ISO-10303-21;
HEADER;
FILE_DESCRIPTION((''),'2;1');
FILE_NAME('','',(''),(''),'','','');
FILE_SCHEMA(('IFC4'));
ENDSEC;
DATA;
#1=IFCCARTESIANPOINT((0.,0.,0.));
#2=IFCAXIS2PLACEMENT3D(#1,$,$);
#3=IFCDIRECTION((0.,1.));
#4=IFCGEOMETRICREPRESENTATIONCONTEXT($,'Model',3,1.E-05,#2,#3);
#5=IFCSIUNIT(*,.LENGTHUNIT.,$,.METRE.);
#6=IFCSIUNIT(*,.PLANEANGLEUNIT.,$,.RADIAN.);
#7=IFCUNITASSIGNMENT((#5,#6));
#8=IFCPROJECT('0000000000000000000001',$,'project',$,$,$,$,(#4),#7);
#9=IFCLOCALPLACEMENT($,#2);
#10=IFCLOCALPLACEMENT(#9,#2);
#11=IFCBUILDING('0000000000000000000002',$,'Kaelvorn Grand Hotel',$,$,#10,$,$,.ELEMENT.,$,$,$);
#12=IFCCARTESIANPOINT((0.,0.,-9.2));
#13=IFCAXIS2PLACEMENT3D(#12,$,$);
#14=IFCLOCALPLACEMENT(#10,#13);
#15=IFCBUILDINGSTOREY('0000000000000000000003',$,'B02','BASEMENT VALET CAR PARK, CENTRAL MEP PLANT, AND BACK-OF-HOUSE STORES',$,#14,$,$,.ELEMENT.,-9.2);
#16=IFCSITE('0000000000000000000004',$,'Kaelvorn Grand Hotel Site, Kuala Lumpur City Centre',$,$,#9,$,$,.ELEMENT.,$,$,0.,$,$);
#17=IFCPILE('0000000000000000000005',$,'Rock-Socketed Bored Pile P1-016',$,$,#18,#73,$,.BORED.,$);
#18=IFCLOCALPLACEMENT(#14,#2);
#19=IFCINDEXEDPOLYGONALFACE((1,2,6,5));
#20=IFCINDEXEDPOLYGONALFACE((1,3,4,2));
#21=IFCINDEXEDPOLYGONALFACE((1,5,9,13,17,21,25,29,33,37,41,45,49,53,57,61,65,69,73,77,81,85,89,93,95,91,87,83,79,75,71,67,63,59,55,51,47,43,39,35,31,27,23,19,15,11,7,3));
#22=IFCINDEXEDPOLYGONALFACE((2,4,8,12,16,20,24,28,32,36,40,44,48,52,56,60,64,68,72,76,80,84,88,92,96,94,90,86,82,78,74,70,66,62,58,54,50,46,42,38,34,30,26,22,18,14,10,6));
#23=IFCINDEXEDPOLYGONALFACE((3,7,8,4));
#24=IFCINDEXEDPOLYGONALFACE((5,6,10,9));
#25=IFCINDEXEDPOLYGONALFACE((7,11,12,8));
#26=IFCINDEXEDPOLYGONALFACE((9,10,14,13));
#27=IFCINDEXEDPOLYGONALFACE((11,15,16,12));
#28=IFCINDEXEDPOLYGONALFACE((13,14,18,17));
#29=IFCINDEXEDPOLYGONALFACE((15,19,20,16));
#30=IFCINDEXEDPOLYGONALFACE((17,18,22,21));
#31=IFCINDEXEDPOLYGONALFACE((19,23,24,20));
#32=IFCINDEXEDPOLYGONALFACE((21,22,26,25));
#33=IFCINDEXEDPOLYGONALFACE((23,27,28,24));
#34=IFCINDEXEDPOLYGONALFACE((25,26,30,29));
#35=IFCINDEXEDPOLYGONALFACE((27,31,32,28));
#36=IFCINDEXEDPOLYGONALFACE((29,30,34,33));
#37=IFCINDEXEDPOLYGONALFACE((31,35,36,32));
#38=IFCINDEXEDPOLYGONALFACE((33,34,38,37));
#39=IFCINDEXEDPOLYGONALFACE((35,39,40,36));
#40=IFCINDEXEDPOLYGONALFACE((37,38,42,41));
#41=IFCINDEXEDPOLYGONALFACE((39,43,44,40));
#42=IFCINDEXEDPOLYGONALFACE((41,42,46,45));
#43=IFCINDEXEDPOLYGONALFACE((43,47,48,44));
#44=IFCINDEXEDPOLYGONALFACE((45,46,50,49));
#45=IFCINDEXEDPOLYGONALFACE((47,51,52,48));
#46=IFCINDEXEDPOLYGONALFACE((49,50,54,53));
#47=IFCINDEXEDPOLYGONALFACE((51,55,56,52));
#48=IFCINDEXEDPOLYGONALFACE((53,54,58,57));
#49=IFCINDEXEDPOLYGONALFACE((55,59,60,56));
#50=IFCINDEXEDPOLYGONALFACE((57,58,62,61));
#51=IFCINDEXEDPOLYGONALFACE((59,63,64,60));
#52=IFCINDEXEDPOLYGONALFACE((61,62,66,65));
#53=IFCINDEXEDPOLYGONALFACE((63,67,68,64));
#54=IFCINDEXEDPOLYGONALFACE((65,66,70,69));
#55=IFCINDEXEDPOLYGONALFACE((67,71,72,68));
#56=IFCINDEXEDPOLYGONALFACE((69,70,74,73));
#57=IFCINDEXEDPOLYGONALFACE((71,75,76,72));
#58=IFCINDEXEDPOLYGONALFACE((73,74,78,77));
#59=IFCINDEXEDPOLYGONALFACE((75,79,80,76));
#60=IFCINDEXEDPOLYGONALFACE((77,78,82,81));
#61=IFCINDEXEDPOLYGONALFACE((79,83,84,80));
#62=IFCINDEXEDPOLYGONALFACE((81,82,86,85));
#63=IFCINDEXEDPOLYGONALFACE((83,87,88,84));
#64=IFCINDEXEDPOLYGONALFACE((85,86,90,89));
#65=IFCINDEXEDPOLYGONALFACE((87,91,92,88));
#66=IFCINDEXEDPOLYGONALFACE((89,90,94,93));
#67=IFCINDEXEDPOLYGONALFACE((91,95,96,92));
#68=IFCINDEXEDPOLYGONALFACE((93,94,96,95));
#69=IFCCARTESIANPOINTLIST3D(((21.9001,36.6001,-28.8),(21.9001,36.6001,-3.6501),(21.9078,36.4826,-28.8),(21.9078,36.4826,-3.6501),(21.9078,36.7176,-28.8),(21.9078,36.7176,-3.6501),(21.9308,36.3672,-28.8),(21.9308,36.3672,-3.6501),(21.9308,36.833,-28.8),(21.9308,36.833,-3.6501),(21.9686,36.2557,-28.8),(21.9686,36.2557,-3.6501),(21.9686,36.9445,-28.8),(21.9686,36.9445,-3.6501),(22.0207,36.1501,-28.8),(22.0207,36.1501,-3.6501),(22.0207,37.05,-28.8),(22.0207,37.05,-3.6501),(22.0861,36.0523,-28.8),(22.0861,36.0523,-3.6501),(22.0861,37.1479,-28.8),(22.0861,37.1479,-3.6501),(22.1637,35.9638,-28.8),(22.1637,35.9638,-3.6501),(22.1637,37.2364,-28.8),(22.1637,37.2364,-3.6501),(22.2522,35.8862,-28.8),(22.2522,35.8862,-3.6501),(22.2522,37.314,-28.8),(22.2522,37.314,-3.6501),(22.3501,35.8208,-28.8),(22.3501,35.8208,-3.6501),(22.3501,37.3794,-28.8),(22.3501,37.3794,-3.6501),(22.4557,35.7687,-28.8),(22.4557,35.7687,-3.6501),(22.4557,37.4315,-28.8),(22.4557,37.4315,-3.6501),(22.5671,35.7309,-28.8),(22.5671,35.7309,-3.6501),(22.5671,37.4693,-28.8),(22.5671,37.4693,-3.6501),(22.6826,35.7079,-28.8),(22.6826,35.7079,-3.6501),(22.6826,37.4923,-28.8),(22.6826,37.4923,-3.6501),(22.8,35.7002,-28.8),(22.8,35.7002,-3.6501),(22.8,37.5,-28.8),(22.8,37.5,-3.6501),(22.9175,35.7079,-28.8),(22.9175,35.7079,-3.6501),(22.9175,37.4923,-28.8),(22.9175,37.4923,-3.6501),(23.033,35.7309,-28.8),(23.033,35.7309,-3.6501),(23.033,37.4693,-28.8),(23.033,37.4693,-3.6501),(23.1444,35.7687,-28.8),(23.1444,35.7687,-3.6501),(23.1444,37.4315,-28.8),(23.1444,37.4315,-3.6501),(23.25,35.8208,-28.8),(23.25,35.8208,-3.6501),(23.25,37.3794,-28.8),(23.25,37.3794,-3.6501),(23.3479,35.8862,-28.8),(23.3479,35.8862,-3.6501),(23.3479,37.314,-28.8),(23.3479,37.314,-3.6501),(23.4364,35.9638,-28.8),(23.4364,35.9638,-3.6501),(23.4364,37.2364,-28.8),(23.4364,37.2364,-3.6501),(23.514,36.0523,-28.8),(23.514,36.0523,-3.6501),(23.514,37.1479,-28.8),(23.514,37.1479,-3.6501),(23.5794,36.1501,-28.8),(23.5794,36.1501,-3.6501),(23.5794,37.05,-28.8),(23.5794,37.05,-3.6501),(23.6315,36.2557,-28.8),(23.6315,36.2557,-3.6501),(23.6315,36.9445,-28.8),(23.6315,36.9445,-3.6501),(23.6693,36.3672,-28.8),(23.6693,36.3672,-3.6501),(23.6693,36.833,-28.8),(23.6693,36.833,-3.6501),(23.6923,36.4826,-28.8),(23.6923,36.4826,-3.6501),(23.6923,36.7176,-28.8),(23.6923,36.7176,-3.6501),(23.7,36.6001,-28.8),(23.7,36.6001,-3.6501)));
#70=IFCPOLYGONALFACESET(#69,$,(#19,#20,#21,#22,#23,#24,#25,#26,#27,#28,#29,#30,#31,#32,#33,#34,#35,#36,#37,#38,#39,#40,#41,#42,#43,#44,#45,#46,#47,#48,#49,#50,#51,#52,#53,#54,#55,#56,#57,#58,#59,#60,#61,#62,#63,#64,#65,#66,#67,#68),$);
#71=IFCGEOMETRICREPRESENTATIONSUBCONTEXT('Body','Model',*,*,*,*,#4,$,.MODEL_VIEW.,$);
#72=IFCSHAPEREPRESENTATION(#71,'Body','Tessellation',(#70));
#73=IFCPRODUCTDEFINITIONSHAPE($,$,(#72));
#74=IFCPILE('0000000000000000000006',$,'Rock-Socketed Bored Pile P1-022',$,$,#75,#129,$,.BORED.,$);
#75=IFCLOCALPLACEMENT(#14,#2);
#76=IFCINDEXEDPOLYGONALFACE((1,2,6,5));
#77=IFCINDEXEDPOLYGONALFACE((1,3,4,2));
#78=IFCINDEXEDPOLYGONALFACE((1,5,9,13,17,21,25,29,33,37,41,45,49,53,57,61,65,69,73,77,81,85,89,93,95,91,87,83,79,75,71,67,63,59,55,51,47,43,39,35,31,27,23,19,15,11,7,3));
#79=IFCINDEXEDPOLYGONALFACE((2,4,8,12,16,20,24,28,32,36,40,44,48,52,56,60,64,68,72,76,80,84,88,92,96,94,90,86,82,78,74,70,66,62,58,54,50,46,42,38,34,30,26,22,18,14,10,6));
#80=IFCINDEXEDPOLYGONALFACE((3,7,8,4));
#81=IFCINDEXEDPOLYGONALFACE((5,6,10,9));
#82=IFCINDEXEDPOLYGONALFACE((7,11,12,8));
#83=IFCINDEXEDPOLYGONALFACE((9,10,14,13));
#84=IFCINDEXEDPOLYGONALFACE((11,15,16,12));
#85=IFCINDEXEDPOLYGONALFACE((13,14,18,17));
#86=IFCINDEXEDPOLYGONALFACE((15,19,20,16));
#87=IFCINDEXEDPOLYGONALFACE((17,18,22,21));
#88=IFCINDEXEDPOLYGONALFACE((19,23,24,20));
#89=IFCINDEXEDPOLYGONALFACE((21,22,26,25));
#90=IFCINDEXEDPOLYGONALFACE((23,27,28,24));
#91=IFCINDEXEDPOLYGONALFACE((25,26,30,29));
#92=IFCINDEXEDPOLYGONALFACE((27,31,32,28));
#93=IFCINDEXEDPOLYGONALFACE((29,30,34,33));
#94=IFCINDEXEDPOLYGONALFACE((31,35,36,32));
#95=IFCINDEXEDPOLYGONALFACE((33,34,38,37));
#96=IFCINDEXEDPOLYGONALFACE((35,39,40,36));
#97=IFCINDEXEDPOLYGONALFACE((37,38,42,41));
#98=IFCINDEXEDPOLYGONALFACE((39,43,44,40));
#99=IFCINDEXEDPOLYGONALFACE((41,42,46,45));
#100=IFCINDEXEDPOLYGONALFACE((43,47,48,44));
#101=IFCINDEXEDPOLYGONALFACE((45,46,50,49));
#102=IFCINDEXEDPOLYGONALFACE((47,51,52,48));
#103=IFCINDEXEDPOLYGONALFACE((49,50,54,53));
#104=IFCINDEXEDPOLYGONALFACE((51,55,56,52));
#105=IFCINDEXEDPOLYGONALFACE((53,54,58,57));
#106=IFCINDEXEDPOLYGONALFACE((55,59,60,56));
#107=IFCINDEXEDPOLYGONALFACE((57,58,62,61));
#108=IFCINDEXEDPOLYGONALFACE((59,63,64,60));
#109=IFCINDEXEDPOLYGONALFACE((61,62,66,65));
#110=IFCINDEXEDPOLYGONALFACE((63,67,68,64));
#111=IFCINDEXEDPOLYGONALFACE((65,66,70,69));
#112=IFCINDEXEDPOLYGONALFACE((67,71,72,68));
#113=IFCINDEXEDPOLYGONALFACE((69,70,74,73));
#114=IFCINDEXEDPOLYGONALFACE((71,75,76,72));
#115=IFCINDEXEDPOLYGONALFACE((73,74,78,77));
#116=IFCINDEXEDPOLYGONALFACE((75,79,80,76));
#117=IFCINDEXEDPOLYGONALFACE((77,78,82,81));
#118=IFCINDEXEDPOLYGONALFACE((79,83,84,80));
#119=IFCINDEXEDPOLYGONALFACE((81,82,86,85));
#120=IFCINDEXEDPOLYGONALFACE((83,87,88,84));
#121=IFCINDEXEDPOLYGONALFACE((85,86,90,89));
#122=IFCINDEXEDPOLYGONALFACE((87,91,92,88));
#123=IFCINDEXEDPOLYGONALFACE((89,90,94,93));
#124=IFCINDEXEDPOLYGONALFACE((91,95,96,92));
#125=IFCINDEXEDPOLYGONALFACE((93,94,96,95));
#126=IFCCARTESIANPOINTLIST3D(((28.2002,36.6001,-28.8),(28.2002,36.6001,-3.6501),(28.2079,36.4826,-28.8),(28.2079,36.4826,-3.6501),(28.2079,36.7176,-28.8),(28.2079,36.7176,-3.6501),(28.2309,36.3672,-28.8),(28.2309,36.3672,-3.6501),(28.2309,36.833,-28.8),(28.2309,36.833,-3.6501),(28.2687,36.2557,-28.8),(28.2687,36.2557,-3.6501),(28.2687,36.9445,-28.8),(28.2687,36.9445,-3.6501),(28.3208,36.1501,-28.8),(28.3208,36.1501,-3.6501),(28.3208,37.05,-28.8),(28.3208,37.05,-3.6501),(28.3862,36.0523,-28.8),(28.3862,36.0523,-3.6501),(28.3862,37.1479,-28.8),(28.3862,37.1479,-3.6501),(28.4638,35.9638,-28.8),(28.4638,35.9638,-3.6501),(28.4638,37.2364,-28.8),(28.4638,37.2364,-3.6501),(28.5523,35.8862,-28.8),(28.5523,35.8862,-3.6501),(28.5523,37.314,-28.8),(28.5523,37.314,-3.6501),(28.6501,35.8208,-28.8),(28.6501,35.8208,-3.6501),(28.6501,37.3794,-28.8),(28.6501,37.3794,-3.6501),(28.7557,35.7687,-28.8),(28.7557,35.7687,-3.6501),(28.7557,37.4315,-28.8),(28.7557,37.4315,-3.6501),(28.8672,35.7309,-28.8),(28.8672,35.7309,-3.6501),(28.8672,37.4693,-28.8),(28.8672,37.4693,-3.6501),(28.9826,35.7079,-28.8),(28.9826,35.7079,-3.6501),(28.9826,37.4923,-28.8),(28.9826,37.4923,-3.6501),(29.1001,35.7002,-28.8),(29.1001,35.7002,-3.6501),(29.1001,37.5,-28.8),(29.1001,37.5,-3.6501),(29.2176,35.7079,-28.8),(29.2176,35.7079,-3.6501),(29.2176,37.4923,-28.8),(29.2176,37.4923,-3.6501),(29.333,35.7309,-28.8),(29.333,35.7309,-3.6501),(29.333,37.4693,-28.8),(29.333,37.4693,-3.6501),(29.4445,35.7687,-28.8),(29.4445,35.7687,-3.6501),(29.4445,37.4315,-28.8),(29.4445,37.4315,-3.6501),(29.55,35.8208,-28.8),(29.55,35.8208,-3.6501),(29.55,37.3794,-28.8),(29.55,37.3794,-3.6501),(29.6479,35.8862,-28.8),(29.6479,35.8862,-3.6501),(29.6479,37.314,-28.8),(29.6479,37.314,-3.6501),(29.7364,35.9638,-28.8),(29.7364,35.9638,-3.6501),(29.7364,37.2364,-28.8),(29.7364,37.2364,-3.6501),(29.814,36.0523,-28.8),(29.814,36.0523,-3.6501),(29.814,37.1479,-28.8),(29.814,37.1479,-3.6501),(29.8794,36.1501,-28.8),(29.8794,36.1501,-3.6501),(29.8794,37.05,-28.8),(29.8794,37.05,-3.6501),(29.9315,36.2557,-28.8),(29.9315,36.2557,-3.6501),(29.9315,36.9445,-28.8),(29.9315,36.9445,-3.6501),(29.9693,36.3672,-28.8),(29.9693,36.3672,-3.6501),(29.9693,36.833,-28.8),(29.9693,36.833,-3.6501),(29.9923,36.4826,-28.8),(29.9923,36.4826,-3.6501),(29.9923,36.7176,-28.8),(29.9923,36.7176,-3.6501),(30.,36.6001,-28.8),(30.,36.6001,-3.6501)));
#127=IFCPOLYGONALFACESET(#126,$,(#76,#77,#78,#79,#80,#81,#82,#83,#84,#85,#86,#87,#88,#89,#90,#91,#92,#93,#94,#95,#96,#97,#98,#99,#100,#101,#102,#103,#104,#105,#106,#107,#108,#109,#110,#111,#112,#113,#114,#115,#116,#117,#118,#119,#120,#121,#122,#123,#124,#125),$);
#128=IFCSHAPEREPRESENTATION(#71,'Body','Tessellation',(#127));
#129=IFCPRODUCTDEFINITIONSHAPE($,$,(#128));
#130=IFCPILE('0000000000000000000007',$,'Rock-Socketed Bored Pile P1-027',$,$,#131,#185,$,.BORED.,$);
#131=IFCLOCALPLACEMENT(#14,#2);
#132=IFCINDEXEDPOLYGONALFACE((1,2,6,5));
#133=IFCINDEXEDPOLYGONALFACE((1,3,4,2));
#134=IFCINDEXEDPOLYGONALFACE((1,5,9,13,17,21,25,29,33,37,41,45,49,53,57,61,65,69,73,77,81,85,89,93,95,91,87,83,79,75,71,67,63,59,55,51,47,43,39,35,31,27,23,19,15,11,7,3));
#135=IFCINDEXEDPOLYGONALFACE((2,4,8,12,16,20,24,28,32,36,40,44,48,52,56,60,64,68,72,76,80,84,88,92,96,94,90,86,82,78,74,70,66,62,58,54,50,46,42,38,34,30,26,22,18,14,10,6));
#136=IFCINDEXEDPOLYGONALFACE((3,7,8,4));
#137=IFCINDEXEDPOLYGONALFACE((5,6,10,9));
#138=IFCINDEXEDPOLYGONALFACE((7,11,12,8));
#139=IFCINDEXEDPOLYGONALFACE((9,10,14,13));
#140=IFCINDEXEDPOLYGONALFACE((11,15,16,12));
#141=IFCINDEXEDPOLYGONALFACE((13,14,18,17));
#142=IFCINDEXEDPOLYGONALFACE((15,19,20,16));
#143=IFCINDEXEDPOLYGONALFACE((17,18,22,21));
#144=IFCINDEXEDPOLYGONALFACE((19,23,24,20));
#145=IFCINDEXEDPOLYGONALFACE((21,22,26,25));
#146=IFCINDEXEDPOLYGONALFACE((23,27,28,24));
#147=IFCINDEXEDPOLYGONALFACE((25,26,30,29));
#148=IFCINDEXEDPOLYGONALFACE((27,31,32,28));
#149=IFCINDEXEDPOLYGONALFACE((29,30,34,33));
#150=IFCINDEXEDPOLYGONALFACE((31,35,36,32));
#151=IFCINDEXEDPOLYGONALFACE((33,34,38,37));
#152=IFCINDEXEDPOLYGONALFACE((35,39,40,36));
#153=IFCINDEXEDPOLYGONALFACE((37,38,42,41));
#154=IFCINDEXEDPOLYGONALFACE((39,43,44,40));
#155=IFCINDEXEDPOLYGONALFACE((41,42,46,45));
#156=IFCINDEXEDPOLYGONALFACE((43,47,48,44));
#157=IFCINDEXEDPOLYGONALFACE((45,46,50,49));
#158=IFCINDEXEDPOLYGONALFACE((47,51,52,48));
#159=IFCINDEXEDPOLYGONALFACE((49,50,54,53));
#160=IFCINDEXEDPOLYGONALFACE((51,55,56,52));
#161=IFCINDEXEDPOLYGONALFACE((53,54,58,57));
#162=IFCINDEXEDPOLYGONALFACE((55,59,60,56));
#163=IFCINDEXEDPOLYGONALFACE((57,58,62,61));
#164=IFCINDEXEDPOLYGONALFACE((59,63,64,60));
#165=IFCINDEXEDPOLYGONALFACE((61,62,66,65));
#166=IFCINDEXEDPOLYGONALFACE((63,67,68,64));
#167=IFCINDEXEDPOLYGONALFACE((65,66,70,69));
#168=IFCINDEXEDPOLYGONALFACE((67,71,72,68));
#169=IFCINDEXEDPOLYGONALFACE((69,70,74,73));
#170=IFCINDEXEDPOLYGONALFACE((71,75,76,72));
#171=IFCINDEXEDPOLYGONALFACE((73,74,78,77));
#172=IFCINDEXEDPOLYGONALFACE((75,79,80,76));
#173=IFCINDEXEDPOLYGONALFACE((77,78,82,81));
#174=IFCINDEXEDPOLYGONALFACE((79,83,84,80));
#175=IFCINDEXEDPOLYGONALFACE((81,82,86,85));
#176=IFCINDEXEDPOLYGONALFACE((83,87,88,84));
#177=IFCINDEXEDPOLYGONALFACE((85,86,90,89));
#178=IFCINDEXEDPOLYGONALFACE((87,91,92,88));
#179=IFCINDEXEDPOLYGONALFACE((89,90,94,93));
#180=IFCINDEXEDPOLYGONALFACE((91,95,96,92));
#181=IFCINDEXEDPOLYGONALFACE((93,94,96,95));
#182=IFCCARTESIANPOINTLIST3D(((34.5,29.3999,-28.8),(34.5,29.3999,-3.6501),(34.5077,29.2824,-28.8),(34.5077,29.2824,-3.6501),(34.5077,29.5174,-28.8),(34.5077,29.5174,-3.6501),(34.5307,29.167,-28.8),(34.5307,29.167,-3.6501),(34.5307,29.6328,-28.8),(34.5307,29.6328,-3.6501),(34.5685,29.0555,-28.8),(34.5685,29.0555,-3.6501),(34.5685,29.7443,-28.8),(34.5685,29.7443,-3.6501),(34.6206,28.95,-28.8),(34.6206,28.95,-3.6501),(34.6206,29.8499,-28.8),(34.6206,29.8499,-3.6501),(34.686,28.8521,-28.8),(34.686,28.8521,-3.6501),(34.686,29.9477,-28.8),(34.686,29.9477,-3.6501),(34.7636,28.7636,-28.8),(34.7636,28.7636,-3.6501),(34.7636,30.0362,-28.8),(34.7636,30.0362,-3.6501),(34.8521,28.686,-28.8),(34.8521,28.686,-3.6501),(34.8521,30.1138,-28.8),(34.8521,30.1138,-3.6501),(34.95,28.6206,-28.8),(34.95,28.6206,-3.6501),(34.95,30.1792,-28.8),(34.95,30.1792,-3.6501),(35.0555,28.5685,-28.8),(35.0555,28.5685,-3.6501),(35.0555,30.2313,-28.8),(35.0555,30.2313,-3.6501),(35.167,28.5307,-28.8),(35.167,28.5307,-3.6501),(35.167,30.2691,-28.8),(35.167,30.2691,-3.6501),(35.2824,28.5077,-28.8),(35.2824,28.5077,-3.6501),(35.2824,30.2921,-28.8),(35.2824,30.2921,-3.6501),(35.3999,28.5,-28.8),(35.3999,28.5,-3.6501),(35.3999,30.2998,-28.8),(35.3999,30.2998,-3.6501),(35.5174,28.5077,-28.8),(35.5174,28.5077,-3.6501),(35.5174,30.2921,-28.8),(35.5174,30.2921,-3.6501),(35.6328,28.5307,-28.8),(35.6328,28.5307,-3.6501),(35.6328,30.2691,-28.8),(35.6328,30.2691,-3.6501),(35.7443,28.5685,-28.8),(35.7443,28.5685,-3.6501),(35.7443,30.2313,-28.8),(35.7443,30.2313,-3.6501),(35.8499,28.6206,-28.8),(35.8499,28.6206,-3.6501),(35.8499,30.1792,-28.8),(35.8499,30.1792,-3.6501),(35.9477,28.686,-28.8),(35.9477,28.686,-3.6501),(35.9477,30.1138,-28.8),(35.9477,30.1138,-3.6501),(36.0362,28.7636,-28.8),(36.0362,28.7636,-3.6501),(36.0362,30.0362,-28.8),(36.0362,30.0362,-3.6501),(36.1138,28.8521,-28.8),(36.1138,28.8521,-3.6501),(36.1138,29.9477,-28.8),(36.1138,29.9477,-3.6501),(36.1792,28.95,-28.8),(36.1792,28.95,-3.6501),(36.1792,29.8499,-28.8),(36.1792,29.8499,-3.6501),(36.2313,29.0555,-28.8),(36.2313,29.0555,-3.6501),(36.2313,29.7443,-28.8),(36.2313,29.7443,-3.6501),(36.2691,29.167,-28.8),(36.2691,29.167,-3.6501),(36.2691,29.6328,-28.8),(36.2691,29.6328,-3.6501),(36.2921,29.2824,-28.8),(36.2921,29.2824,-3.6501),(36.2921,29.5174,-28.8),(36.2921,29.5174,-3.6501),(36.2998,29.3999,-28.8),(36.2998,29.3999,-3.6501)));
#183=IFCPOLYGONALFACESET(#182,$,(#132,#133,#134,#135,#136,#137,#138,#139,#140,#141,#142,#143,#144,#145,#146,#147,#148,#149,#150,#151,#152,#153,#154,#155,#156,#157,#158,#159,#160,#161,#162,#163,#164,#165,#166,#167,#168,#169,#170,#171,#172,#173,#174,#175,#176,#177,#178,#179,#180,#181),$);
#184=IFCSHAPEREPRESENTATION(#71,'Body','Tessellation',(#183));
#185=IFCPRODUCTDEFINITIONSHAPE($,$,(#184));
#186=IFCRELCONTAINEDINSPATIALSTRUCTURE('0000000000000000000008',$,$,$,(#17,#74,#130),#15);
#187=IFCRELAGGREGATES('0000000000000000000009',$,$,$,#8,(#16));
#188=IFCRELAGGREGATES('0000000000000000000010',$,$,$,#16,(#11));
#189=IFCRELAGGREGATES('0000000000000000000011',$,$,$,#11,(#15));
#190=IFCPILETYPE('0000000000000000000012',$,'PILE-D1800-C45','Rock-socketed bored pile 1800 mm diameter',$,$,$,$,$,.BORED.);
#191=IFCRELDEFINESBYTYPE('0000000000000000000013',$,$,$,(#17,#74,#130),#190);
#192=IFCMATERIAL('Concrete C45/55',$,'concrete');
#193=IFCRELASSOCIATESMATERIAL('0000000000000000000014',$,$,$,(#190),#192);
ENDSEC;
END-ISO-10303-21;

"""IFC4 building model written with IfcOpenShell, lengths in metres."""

from ifc_helpers import new_model, si_unit, direction, frame, origin, origin_2d, place, context, subcontext, project, spatial, circle, extrude, material, material_profile, profile_set, type_object, element, save


model = new_model("IFC4")

# Units and contexts
model_context = context("Model", 3, precision=1e-05, world=origin(), true_north=direction((0.0, 1.0)))
body_context = subcontext(model_context, "Body", "Model", "MODEL_VIEW")
ifc_project = project(units=[si_unit("LENGTHUNIT", "METRE"), si_unit("PLANEANGLEUNIT", "RADIAN")], contexts=[model_context])

# Site, building, storey
site_placement = place(None, origin())
site = spatial("IfcSite", under=ifc_project, at=site_placement, Name="Kaelvorn Grand Hotel Site, Kuala Lumpur City Centre", CompositionType="ELEMENT", RefElevation=0.0)
building_placement = place(site_placement, origin())
building = spatial("IfcBuilding", under=site, at=building_placement, Name="Kaelvorn Grand Hotel", CompositionType="ELEMENT")
storey_placement = place(building_placement, frame((0.0, 0.0, -9.2)))
storey = spatial("IfcBuildingStorey", under=building, at=storey_placement, Name="B02", Description="BASEMENT VALET CAR PARK, CENTRAL MEP PLANT, AND BACK-OF-HOUSE STORES", CompositionType="ELEMENT", Elevation=-9.2)

# Piles
ifc_material_1 = material(Name="Concrete C45/55", Category="concrete")
ifc_material_profile_1 = material_profile(ifc_material_1, circle(Radius=0.8999, at=origin_2d()), Name="BORED PILE D1800")
ifc_profile_set_1 = profile_set([ifc_material_profile_1], Name="Concrete C45/55")
pile_type = type_object("IfcPileType", Name="PILE-D1800-C45", Description="Rock-socketed bored pile 1800 mm diameter", PredefinedType="BORED", material=ifc_profile_set_1)
for number, where, z_axis, x_axis, name in (
    (1, (22.8, 36.6001, -3.6501), (0.0, 0.0, -1.0), (1.0, 0.0, 0.0), "Rock-Socketed Bored Pile P1-016"),
    (2, (29.1001, 36.6001, -3.6501), (0.0, 0.0, -1.0), (1.0, 0.0, 0.0), "Rock-Socketed Bored Pile P1-022"),
    (3, (35.3999, 29.3999, -3.6501), (0.0, 0.0, -1.0), (1.0, 0.0, 0.0), "Rock-Socketed Bored Pile P1-027"),
):
    element("IfcPile", number, at=place(storey_placement, frame(where, z_axis=z_axis, x_axis=x_axis)), inside=storey, type_object=pile_type, Name=name, PredefinedType="BORED", context=body_context, shape_type="SweptSolid", body=[
        extrude(circle(Radius=0.8999, at=origin_2d()), origin(), (0.0, 0.0, 1.0), 25.1499),
    ])

save(model, "model.ifc")
